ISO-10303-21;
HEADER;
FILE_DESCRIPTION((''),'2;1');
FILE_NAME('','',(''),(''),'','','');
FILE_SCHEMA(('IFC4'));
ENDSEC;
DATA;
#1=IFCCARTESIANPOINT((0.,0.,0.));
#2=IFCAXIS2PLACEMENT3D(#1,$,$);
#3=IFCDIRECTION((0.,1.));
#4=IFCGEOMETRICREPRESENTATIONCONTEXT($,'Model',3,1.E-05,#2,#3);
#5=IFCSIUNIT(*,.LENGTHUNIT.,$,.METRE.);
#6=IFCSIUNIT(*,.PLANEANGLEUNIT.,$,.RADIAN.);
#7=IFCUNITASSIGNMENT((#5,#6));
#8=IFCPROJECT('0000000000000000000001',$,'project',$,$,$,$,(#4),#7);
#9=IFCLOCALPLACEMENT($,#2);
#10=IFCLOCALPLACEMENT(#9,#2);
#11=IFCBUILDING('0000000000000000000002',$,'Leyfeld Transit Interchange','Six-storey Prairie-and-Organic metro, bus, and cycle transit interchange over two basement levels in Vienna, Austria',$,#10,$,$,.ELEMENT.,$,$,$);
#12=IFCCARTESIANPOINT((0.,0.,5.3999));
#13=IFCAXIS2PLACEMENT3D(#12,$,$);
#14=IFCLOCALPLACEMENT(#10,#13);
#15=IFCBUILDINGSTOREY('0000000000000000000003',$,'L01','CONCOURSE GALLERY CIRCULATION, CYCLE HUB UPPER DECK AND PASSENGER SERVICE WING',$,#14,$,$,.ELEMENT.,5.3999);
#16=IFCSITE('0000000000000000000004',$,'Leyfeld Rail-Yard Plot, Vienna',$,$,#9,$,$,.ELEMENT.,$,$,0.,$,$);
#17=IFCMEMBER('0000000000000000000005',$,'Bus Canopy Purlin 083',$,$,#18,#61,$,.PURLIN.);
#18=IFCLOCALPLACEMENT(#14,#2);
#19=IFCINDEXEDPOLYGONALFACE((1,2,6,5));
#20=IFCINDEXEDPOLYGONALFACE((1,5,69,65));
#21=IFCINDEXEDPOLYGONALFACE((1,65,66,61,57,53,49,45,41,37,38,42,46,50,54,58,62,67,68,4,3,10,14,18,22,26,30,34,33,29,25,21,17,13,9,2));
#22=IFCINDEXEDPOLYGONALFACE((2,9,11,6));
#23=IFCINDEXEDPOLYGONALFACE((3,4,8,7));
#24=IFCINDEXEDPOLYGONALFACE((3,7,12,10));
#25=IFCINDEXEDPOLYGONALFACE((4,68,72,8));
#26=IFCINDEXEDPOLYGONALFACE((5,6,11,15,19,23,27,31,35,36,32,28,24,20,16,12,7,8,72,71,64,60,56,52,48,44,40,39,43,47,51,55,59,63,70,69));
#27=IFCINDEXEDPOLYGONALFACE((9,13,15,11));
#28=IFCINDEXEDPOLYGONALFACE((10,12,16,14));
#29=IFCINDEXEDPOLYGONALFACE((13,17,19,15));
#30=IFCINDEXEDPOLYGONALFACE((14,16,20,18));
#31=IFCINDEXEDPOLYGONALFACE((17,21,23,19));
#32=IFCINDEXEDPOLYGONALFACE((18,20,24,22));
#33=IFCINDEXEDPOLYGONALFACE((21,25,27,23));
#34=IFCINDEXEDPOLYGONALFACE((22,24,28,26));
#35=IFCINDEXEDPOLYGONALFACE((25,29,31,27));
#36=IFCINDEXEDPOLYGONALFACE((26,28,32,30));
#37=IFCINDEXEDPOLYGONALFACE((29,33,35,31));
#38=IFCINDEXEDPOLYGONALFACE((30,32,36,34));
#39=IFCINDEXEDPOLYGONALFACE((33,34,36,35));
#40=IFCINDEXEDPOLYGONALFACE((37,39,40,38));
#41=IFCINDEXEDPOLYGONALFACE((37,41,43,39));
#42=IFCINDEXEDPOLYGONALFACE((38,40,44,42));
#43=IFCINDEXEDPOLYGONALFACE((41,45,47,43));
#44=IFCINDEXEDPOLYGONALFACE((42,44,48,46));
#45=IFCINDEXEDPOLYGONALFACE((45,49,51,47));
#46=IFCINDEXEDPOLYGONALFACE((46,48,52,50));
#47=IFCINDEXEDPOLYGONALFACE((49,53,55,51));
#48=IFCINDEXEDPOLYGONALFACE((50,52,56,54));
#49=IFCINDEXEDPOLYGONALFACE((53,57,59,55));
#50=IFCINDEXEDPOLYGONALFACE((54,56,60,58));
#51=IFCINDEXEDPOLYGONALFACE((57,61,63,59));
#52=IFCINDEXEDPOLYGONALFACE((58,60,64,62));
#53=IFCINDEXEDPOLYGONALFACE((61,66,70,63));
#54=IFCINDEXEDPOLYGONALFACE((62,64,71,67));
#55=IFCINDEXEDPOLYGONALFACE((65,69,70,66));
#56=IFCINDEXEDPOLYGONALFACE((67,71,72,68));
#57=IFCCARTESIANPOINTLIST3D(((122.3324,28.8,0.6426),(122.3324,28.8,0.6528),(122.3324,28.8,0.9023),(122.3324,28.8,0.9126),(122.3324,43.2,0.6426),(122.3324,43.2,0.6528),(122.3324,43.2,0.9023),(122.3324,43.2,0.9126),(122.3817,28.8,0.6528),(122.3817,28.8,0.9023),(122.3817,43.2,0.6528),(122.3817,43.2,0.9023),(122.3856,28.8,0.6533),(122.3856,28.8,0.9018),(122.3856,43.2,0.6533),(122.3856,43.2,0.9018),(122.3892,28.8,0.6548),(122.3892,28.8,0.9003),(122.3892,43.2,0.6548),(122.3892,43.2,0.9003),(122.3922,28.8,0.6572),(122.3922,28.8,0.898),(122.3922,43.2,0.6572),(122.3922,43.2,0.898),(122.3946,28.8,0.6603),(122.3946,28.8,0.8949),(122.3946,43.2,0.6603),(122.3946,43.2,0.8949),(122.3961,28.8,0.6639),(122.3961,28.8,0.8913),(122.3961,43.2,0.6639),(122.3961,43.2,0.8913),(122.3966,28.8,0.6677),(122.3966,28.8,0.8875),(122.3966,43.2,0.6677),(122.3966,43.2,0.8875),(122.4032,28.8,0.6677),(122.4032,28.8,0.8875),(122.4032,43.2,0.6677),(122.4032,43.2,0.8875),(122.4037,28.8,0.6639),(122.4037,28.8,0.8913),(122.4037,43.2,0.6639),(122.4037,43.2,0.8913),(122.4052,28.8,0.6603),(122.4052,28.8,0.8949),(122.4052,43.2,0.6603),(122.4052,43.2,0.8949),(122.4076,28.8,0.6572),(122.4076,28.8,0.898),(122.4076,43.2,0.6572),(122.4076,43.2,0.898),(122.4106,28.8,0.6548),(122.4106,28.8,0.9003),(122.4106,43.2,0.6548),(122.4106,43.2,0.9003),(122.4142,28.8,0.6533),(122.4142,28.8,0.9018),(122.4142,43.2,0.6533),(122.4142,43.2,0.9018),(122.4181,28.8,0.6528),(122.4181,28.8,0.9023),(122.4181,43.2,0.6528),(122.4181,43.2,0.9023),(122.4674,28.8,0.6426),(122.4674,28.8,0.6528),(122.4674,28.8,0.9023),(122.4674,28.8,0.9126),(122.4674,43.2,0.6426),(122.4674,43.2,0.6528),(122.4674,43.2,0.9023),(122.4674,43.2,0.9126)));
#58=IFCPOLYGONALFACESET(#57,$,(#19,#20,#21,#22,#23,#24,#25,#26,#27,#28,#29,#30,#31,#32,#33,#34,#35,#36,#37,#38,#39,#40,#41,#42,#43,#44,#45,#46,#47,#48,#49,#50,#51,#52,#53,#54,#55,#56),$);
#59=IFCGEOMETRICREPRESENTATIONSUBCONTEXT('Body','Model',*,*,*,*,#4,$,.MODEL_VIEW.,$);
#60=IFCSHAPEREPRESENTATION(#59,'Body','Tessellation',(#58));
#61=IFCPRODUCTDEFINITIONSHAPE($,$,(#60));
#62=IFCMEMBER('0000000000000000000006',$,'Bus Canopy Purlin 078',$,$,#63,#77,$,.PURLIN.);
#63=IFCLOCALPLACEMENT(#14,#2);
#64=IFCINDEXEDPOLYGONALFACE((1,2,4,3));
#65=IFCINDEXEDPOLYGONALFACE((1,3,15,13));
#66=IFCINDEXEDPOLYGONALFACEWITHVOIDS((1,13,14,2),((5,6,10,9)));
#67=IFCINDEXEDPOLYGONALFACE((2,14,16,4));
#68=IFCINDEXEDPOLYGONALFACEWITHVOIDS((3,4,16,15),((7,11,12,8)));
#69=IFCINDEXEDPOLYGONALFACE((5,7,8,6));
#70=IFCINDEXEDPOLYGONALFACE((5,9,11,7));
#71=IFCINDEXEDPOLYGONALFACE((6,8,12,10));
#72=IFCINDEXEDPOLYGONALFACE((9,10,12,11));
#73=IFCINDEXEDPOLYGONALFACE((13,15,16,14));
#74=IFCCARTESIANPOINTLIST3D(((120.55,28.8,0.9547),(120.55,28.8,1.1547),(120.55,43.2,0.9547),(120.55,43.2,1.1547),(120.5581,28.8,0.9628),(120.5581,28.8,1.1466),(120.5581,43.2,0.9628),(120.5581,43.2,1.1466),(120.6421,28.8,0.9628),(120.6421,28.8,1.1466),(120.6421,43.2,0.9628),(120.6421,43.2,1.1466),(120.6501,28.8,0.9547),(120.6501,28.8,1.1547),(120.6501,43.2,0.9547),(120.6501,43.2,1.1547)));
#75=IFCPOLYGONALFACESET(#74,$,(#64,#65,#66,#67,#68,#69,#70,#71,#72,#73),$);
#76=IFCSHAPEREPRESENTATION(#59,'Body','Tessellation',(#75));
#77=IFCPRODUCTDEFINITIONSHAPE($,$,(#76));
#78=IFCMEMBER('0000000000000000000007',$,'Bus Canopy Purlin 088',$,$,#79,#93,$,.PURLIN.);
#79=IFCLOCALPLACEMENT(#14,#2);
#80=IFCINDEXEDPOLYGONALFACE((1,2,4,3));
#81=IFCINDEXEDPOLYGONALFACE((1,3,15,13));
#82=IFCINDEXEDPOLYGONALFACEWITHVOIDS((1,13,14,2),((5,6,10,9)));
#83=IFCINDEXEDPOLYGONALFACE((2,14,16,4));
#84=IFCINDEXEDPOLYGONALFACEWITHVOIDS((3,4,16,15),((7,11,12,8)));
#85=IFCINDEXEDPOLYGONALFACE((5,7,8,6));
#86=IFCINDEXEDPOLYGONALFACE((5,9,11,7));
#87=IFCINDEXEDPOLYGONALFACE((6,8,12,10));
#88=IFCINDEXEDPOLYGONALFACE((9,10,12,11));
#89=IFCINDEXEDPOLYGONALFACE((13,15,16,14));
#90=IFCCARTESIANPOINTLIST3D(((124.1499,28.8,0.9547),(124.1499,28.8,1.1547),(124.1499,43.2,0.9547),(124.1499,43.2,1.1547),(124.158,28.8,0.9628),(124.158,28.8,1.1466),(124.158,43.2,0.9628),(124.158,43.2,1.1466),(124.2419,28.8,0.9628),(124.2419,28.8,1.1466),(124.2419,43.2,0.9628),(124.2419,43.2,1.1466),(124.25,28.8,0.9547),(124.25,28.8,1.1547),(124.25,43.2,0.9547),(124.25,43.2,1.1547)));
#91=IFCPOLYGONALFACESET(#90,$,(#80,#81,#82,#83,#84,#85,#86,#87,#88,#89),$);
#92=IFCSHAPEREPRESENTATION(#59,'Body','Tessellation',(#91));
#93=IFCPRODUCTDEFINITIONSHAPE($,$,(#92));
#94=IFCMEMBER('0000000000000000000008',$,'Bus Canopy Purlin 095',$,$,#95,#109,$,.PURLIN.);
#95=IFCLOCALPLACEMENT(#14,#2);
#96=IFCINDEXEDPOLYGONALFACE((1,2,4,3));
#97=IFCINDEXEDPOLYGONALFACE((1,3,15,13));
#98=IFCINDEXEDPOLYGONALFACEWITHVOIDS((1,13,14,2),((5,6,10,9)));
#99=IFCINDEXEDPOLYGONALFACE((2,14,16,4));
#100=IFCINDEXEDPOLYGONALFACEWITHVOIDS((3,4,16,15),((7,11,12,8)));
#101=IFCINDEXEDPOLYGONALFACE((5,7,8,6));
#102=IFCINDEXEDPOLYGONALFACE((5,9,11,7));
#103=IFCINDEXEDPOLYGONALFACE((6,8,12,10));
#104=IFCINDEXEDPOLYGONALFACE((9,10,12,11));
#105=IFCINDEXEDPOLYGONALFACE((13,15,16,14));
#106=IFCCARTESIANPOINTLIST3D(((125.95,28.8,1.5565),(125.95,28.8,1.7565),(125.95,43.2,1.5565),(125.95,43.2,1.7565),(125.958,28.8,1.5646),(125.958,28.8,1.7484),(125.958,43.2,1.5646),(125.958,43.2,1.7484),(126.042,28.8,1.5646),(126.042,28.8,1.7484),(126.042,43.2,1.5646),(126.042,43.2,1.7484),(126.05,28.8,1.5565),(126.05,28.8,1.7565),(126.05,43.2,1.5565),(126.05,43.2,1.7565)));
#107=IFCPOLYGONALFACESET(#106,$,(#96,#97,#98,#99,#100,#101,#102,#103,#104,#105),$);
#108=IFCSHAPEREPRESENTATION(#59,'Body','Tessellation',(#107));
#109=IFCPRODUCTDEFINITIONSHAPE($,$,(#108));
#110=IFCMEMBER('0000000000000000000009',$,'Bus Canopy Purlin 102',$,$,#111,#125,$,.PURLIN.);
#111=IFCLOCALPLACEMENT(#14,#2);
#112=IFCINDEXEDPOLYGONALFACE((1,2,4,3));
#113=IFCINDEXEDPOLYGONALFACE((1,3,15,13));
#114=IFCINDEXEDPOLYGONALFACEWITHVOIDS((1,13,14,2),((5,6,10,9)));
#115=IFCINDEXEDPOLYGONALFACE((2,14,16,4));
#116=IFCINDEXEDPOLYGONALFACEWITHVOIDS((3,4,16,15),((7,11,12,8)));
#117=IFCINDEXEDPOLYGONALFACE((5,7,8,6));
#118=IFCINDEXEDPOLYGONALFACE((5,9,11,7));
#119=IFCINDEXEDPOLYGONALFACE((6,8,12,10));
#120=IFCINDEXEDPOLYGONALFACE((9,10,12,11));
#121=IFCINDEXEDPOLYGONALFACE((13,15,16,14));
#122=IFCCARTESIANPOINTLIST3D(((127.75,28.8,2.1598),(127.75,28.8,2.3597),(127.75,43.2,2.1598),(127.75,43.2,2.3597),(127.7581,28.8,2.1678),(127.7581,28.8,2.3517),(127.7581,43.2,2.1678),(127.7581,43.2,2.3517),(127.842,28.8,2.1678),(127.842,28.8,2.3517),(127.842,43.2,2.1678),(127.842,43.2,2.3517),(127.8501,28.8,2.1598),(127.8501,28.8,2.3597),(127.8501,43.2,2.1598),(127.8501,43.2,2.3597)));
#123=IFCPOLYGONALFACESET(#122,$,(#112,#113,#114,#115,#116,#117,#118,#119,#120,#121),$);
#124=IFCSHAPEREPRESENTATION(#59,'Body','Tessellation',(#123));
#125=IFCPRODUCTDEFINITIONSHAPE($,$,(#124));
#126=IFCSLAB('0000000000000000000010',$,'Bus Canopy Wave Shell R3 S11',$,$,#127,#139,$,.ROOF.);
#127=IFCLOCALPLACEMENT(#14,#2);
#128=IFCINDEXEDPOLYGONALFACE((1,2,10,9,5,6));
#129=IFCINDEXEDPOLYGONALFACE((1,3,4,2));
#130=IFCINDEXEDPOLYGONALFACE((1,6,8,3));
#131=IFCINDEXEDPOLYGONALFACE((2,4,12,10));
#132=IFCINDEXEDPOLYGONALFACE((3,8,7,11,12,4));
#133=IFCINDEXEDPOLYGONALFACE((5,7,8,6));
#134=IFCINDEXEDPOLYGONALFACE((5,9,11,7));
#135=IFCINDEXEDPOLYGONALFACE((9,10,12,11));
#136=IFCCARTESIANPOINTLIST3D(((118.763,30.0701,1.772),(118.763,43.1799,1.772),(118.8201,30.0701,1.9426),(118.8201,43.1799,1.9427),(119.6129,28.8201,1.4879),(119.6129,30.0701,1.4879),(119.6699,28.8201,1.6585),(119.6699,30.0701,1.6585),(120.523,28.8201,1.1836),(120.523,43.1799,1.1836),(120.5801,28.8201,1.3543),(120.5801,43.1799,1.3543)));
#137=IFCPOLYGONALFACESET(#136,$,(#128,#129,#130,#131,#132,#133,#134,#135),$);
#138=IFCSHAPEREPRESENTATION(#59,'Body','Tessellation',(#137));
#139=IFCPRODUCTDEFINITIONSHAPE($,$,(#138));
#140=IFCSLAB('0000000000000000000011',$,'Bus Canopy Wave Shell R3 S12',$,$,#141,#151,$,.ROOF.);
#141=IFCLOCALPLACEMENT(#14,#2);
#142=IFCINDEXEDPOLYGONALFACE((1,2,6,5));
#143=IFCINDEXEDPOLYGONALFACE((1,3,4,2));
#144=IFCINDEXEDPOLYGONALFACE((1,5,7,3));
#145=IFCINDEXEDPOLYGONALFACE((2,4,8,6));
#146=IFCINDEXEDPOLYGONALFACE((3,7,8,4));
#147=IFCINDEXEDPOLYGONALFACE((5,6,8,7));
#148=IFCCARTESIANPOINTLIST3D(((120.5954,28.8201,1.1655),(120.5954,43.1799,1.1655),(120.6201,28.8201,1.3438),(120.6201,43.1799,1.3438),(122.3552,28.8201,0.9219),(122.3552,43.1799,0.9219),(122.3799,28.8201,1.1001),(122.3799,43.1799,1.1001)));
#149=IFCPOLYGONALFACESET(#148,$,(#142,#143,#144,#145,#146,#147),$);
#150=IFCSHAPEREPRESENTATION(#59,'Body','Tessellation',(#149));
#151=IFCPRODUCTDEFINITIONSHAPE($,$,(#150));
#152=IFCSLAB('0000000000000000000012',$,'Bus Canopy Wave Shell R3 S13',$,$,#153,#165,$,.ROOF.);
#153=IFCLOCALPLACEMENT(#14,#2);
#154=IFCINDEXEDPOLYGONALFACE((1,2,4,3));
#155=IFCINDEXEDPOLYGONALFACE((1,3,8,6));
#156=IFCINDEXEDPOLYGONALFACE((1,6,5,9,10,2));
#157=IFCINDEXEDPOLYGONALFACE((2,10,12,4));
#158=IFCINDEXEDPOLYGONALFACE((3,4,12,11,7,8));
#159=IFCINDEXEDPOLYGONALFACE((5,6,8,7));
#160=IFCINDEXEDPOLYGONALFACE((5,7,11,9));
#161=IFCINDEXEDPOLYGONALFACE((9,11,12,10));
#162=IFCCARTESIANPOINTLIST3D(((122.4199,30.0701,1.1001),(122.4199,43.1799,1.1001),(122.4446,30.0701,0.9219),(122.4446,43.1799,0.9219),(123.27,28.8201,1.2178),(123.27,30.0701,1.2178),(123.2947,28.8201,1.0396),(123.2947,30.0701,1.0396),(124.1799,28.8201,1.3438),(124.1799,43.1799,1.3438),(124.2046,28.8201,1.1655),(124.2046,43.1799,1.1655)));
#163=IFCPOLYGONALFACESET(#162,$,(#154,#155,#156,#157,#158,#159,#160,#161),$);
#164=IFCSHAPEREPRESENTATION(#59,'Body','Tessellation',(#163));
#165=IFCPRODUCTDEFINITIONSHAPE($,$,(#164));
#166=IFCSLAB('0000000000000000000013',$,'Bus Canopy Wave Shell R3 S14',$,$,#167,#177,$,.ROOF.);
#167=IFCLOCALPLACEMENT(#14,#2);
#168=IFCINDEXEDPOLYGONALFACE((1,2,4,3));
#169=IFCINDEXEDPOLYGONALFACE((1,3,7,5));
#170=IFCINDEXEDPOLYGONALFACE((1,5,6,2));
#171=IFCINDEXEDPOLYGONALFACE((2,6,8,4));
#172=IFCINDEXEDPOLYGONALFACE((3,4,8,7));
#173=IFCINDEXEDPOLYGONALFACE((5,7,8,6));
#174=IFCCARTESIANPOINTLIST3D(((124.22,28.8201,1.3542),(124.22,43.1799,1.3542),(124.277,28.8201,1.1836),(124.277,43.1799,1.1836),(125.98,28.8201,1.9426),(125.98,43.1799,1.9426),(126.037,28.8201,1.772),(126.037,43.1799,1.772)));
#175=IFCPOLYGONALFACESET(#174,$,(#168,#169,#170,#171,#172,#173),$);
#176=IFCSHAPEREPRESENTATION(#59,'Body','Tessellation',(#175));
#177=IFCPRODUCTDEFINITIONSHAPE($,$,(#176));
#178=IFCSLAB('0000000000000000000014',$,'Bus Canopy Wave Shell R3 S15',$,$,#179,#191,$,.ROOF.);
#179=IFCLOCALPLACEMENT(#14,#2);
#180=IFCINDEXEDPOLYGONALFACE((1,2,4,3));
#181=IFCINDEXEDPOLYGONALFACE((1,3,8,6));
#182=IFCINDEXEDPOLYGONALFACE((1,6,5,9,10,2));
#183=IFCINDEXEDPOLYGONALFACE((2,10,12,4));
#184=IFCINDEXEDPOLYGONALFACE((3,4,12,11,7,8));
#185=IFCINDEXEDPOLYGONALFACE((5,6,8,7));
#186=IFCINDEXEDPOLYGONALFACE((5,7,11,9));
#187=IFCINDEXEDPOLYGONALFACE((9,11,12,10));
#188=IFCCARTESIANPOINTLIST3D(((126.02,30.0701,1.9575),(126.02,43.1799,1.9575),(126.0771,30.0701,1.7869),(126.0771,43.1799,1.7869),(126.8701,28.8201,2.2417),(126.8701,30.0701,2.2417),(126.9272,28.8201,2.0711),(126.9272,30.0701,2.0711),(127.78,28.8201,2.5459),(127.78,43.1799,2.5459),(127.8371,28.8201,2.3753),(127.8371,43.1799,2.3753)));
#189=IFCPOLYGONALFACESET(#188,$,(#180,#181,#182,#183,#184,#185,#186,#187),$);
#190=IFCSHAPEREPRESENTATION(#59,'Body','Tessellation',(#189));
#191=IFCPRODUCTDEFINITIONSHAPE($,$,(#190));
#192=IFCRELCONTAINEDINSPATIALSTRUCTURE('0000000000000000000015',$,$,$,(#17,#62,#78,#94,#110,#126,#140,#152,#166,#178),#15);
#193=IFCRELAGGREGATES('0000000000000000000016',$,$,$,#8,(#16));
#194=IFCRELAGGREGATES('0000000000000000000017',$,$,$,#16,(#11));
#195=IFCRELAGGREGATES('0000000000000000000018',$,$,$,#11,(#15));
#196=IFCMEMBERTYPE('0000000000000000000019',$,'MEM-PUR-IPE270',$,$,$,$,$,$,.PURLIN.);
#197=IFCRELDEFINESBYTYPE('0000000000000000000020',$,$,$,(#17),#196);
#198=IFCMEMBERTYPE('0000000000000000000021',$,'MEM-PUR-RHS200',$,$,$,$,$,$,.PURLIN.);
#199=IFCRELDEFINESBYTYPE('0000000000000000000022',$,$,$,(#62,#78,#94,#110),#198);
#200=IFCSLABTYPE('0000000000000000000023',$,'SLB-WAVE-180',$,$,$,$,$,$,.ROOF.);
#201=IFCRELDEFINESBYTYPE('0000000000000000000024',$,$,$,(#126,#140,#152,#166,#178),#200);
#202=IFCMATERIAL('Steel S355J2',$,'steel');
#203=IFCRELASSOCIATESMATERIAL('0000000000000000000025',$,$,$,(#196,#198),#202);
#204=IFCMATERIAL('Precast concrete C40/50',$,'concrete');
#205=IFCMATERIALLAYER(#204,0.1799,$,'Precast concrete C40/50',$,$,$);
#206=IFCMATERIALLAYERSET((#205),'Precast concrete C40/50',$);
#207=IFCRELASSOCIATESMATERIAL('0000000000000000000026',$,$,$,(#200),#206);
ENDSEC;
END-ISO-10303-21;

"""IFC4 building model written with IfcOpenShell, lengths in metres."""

from ifc_helpers import new_model, si_unit, direction, frame, origin, origin_2d, place, context, subcontext, project, spatial, polyline, hollow_rectangle, i_section, outline, extrude, material, layer, layer_set, material_profile, profile_set, type_object, element, save


model = new_model("IFC4")

# Units and contexts
model_context = context("Model", 3, precision=1e-05, world=origin(), true_north=direction((0.0, 1.0)))
body_context = subcontext(model_context, "Body", "Model", "MODEL_VIEW")
ifc_project = project(units=[si_unit("LENGTHUNIT", "METRE"), si_unit("PLANEANGLEUNIT", "RADIAN")], contexts=[model_context])

# Site, building, storey
site_placement = place(None, origin())
site = spatial("IfcSite", under=ifc_project, at=site_placement, Name="Leyfeld Rail-Yard Plot, Vienna", CompositionType="ELEMENT", RefElevation=0.0)
building_placement = place(site_placement, origin())
building = spatial("IfcBuilding", under=site, at=building_placement, Name="Leyfeld Transit Interchange", Description="Six-storey Prairie-and-Organic metro, bus, and cycle transit interchange over two basement levels in Vienna, Austria", CompositionType="ELEMENT")
storey_placement = place(building_placement, frame((0.0, 0.0, 5.3999)))
storey = spatial("IfcBuildingStorey", under=building, at=storey_placement, Name="L01", Description="CONCOURSE GALLERY CIRCULATION, CYCLE HUB UPPER DECK AND PASSENGER SERVICE WING", CompositionType="ELEMENT", Elevation=5.3999)

# Members
ifc_material_1 = material(Name="Steel S355J2", Category="steel")
ifc_material_profile_1 = material_profile(ifc_material_1, i_section(OverallWidth=0.135, OverallDepth=0.27, WebThickness=0.0066, FlangeThickness=0.0103, FilletRadius=0.0149, at=origin_2d()), Name="IPE 270")
ifc_profile_set_1 = profile_set([ifc_material_profile_1], Name="Steel S355J2")
member_type_1 = type_object("IfcMemberType", Name="MEM-PUR-IPE270", PredefinedType="PURLIN", material=ifc_profile_set_1)
member_1_placement = place(storey_placement, frame((122.3999, 28.8, 0.7776), z_axis=(0.0, 1.0, 0.0), x_axis=(-1.0, 0.0, 0.0)))
element("IfcMember", 1, at=member_1_placement, inside=storey, type_object=member_type_1, Name="Bus Canopy Purlin 083", PredefinedType="PURLIN", context=body_context, shape_type="SweptSolid", body=[
    extrude(i_section(OverallWidth=0.135, OverallDepth=0.27, WebThickness=0.0066, FlangeThickness=0.0103, FilletRadius=0.0149, at=origin_2d()), origin(), (0.0, 0.0, 1.0), 14.3999),
])
ifc_material_profile_2 = material_profile(ifc_material_1, hollow_rectangle(XDim=0.1001, YDim=0.2, WallThickness=0.0081, at=origin_2d()), Name="RHS 200x100x8")
ifc_profile_set_2 = profile_set([ifc_material_profile_2], Name="Steel S355J2")
member_type_2 = type_object("IfcMemberType", Name="MEM-PUR-RHS200", PredefinedType="PURLIN", material=ifc_profile_set_2)
for number, where, z_axis, x_axis, name in (
    (2, (120.6001, 28.8, 1.0547), (0.0, 1.0, 0.0), (-1.0, 0.0, 0.0), "Bus Canopy Purlin 078"),
    (3, (124.2, 28.8, 1.0547), (0.0, 1.0, 0.0), (-1.0, 0.0, 0.0), "Bus Canopy Purlin 088"),
    (4, (126.0, 28.8, 1.6565), (0.0, 1.0, 0.0), (-1.0, 0.0, 0.0), "Bus Canopy Purlin 095"),
    (5, (127.8, 28.8, 2.2598), (0.0, 1.0, 0.0), (-1.0, 0.0, 0.0), "Bus Canopy Purlin 102"),
):
    element("IfcMember", number, at=place(storey_placement, frame(where, z_axis=z_axis, x_axis=x_axis)), inside=storey, type_object=member_type_2, Name=name, PredefinedType="PURLIN", context=body_context, shape_type="SweptSolid", body=[
        extrude(hollow_rectangle(XDim=0.1001, YDim=0.2, WallThickness=0.0081, at=origin_2d()), origin(), (0.0, 0.0, 1.0), 14.3999),
    ])

# Slabs
ifc_material_2 = material(Name="Precast concrete C40/50", Category="concrete")
ifc_layer = layer(ifc_material_2, 0.1799, Name="Precast concrete C40/50")
ifc_layer_set = layer_set([ifc_layer], Name="Precast concrete C40/50")
slab_type = type_object("IfcSlabType", Name="SLB-WAVE-180", PredefinedType="ROOF", material=ifc_layer_set)
slab_1_placement = place(storey_placement, frame((118.8201, 30.0701, 1.9426), z_axis=(0.317053, -0.000002, 0.948408), x_axis=(0.948408, 0.0, -0.317053)))
element("IfcSlab", 6, at=slab_1_placement, inside=storey, type_object=slab_type, Name="Bus Canopy Wave Shell R3 S11", PredefinedType="ROOF", context=body_context, shape_type="SweptSolid", body=[
    extrude(outline(polyline([(0.0, 0.0), (0.8961, 0.0), (0.8961, -1.25), (1.8558, -1.25), (1.8558, 13.1099), (0.0, 13.1099), (0.0, 0.0)])), origin(), (0.0, 0.0, -1.0), 0.1799),
])
slab_2_placement = place(storey_placement, frame((120.6201, 28.8201, 1.3438), z_axis=(0.137149, 0.0, 0.99055), x_axis=(0.99055, 0.0, -0.137149)))
element("IfcSlab", 7, at=slab_2_placement, inside=storey, type_object=slab_type, Name="Bus Canopy Wave Shell R3 S12", PredefinedType="ROOF", context=body_context, shape_type="SweptSolid", body=[
    extrude(outline(polyline([(0.0, 0.0), (1.7766, 0.0), (1.7766, 14.3599), (0.0, 14.3599), (0.0, 0.0)])), origin(), (0.0, 0.0, -1.0), 0.1799),
])
slab_3_placement = place(storey_placement, frame((122.4199, 30.0701, 1.1001), z_axis=(-0.137131, 0.0, 0.990553), x_axis=(0.990553, 0.0, 0.137131)))
element("IfcSlab", 8, at=slab_3_placement, inside=storey, type_object=slab_type, Name="Bus Canopy Wave Shell R3 S13", PredefinedType="ROOF", context=body_context, shape_type="SweptSolid", body=[
    extrude(outline(polyline([(0.0, 0.0), (0.8582, 0.0), (0.8582, -1.25), (1.7768, -1.25), (1.7768, 13.1099), (0.0, 13.1099), (0.0, 0.0)])), origin(), (0.0, 0.0, -1.0), 0.1799),
])
slab_4_placement = place(storey_placement, frame((124.22, 28.8201, 1.3542), z_axis=(-0.317056, 0.0, 0.948407), x_axis=(0.948407, 0.0, 0.317056)))
element("IfcSlab", 9, at=slab_4_placement, inside=storey, type_object=slab_type, Name="Bus Canopy Wave Shell R3 S14", PredefinedType="ROOF", context=body_context, shape_type="SweptSolid", body=[
    extrude(outline(polyline([(0.0, 0.0), (1.8558, 0.0), (1.8558, 14.3599), (0.0, 14.3599), (0.0, 0.0)])), origin(), (0.0, 0.0, -1.0), 0.1799),
])
slab_5_placement = place(storey_placement, frame((126.02, 30.0701, 1.9575), z_axis=(-0.317057, 0.0, 0.948406), x_axis=(0.948406, 0.0, 0.317057)))
element("IfcSlab", 10, at=slab_5_placement, inside=storey, type_object=slab_type, Name="Bus Canopy Wave Shell R3 S15", PredefinedType="ROOF", context=body_context, shape_type="SweptSolid", body=[
    extrude(outline(polyline([(0.0, 0.0), (0.8963, 0.0), (0.8963, -1.25), (1.8558, -1.25), (1.8558, 13.1099), (0.0, 13.1099), (0.0, 0.0)])), origin(), (0.0, 0.0, -1.0), 0.1799),
])

save(model, "model.ifc")
